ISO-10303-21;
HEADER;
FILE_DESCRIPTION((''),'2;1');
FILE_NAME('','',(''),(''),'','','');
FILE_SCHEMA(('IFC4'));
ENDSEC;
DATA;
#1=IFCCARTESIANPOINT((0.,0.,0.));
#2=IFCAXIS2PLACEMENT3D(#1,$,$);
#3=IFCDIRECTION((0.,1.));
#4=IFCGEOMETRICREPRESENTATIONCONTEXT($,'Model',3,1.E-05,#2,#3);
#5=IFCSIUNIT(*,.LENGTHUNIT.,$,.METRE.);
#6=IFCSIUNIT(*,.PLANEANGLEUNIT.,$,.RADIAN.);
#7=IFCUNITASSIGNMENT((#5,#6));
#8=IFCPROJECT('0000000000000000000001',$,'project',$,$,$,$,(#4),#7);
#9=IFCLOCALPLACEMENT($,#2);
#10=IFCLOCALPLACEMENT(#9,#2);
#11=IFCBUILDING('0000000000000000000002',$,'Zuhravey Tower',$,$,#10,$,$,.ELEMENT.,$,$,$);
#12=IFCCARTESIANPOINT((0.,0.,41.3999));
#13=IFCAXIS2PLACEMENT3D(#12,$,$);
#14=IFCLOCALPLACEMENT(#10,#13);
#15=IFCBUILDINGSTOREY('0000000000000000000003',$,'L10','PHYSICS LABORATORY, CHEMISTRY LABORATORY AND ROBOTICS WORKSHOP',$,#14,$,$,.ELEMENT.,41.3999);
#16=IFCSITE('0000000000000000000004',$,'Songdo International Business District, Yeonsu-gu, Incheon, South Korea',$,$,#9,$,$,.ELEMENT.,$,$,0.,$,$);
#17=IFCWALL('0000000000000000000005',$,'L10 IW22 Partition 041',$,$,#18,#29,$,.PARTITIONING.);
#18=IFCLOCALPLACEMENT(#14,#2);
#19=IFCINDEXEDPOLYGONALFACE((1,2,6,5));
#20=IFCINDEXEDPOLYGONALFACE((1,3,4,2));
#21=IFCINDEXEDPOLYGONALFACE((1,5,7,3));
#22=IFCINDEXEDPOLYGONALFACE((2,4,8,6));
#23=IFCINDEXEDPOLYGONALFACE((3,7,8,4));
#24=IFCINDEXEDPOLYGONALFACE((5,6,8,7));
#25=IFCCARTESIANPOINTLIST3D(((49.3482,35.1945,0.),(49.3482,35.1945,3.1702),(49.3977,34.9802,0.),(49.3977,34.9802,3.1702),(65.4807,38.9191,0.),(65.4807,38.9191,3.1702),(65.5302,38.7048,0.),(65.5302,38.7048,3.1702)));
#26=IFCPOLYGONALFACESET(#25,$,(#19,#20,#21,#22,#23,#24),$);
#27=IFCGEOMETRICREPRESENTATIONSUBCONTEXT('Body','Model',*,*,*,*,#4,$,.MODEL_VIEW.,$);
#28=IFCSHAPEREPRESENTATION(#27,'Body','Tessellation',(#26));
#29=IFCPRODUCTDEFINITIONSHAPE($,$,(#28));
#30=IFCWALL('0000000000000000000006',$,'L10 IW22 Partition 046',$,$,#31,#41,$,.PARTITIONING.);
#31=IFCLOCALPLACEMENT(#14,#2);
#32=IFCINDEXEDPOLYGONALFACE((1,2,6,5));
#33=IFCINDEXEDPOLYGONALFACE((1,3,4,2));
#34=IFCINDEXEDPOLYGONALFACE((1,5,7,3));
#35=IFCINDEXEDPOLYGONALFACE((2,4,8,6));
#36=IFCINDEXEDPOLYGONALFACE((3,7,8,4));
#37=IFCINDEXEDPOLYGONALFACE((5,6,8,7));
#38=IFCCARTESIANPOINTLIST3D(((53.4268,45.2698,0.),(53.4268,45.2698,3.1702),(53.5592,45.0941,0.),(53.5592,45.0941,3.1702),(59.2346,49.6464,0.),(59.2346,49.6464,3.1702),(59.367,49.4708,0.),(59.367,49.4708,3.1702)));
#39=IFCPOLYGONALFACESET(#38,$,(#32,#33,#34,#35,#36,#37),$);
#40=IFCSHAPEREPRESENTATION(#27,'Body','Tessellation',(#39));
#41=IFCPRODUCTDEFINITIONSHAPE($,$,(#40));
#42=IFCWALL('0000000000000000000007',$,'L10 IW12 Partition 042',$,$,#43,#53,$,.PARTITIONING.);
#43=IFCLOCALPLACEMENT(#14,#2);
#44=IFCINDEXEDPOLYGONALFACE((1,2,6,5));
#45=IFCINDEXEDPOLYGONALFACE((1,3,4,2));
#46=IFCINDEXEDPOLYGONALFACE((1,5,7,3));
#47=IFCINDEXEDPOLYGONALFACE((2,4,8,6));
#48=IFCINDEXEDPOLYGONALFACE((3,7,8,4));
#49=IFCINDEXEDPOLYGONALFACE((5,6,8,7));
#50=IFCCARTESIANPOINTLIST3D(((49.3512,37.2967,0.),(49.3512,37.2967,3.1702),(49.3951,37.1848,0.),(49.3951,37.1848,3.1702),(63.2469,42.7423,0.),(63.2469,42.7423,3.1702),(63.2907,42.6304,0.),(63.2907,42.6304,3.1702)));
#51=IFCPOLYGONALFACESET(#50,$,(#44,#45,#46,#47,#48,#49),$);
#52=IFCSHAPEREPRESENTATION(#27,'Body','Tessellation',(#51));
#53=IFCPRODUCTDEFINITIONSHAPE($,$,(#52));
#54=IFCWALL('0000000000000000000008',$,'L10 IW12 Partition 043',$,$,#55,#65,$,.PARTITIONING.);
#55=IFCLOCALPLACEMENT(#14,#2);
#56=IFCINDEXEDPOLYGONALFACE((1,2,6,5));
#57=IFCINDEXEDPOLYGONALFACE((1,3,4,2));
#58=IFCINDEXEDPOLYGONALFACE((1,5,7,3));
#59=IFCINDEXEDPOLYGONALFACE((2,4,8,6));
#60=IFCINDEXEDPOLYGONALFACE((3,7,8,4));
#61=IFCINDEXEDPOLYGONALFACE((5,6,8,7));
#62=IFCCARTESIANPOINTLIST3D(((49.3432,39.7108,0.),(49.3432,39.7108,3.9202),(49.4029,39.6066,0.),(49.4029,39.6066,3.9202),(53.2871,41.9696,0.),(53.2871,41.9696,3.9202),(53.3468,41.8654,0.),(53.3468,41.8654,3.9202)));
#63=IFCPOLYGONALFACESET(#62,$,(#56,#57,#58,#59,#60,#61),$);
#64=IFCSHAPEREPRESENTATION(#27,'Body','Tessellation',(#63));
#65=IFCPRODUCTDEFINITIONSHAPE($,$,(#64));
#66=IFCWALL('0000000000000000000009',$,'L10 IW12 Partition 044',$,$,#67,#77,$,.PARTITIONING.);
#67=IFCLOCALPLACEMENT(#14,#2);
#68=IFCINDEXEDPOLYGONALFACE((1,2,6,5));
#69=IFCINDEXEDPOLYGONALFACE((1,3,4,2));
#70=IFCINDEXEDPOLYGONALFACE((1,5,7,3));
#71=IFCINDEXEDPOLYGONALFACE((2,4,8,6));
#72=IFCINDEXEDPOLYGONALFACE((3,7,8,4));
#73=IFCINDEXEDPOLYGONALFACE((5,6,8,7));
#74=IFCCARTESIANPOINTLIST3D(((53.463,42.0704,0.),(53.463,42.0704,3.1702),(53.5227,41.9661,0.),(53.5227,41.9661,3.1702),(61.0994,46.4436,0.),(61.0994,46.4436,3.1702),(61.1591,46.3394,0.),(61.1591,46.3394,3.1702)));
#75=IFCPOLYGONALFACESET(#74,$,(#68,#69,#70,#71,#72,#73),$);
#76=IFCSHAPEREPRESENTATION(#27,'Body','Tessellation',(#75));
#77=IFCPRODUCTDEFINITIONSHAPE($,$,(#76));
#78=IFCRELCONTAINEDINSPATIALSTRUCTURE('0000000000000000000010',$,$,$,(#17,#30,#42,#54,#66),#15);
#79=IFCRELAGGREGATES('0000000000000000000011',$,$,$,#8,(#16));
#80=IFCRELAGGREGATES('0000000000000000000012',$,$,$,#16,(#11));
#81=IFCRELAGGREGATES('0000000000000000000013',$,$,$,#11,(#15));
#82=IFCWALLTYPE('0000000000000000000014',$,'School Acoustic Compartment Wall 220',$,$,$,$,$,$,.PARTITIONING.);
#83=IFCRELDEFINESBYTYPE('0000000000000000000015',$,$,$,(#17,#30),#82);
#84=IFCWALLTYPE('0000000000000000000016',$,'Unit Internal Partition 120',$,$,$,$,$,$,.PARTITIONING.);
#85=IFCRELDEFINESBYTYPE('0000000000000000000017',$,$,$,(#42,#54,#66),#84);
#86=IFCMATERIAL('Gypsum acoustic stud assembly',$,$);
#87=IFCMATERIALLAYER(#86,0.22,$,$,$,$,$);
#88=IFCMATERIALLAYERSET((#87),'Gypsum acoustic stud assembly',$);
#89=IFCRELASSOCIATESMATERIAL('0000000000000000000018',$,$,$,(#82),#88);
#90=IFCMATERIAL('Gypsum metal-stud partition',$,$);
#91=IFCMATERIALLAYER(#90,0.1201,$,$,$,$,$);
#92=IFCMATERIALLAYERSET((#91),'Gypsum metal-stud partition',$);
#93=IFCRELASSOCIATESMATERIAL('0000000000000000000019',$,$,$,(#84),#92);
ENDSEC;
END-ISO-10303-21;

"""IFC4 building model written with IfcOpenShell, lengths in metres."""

from ifc_helpers import new_model, si_unit, direction, frame, frame_2d, origin, place, context, subcontext, project, spatial, rectangle, extrude, material, layer, layer_set, type_object, element, save


model = new_model("IFC4")

# Units and contexts
model_context = context("Model", 3, precision=1e-05, world=origin(), true_north=direction((0.0, 1.0)))
body_context = subcontext(model_context, "Body", "Model", "MODEL_VIEW")
ifc_project = project(units=[si_unit("LENGTHUNIT", "METRE"), si_unit("PLANEANGLEUNIT", "RADIAN")], contexts=[model_context])

# Site, building, storey
site_placement = place(None, origin())
site = spatial("IfcSite", under=ifc_project, at=site_placement, Name="Songdo International Business District, Yeonsu-gu, Incheon, South Korea", CompositionType="ELEMENT", RefElevation=0.0)
building_placement = place(site_placement, origin())
building = spatial("IfcBuilding", under=site, at=building_placement, Name="Zuhravey Tower", CompositionType="ELEMENT")
storey_placement = place(building_placement, frame((0.0, 0.0, 41.3999)))
storey = spatial("IfcBuildingStorey", under=building, at=storey_placement, Name="L10", Description="PHYSICS LABORATORY, CHEMISTRY LABORATORY AND ROBOTICS WORKSHOP", CompositionType="ELEMENT", Elevation=41.3999)

# Walls
ifc_material_1 = material(Name="Gypsum acoustic stud assembly")
ifc_layer_1 = layer(ifc_material_1, 0.22)
ifc_layer_set_1 = layer_set([ifc_layer_1], Name="Gypsum acoustic stud assembly")
wall_type_1 = type_object("IfcWallType", Name="School Acoustic Compartment Wall 220", PredefinedType="PARTITIONING", material=ifc_layer_set_1)
wall_1_placement = place(storey_placement, frame((49.373, 35.0874, 0.0), z_axis=(0.0, 0.0, 1.0), x_axis=(0.974369, 0.224958, 0.0)))
element("IfcWall", 1, at=wall_1_placement, inside=storey, type_object=wall_type_1, Name="L10 IW22 Partition 041", PredefinedType="PARTITIONING", context=body_context, shape_type="SweptSolid", body=[
    extrude(rectangle(XDim=16.5569, YDim=0.22, at=frame_2d((8.2783, 0.0))), origin(), (0.0, 0.0, 1.0), 3.1702),
])
wall_2_placement = place(storey_placement, frame((53.4929, 45.1819, 0.0), z_axis=(0.0, 0.0, 1.0), x_axis=(0.798624, 0.60183, 0.0)))
element("IfcWall", 2, at=wall_2_placement, inside=storey, type_object=wall_type_1, Name="L10 IW22 Partition 046", PredefinedType="PARTITIONING", context=body_context, shape_type="SweptSolid", body=[
    extrude(rectangle(XDim=7.2722, YDim=0.22, at=frame_2d((3.6362, 0.0))), origin(), (0.0, 0.0, 1.0), 3.1702),
])
ifc_material_2 = material(Name="Gypsum metal-stud partition")
ifc_layer_2 = layer(ifc_material_2, 0.1201)
ifc_layer_set_2 = layer_set([ifc_layer_2], Name="Gypsum metal-stud partition")
wall_type_2 = type_object("IfcWallType", Name="Unit Internal Partition 120", PredefinedType="PARTITIONING", material=ifc_layer_set_2)
wall_3_placement = place(storey_placement, frame((49.373, 37.2407, 0.0), z_axis=(0.0, 0.0, 1.0), x_axis=(0.931057, 0.364875, 0.0)))
element("IfcWall", 3, at=wall_3_placement, inside=storey, type_object=wall_type_2, Name="L10 IW12 Partition 042", PredefinedType="PARTITIONING", context=body_context, shape_type="SweptSolid", body=[
    extrude(rectangle(XDim=14.9246, YDim=0.1201, at=frame_2d((7.4624, 0.0))), origin(), (0.0, 0.0, 1.0), 3.1702),
])
wall_4_placement = place(storey_placement, frame((49.373, 39.6587, 0.0), z_axis=(0.0, 0.0, 1.0), x_axis=(0.867753, 0.496995, 0.0)))
element("IfcWall", 4, at=wall_4_placement, inside=storey, type_object=wall_type_2, Name="L10 IW12 Partition 043", PredefinedType="PARTITIONING", context=body_context, shape_type="SweptSolid", body=[
    extrude(rectangle(XDim=4.5449, YDim=0.1201, at=frame_2d((2.2725, 0.0))), origin(), (0.0, 0.0, 1.0), 3.9202),
])
wall_5_placement = place(storey_placement, frame((53.4929, 42.0183, 0.0), z_axis=(0.0, 0.0, 1.0), x_axis=(0.867773, 0.49696, 0.0)))
element("IfcWall", 5, at=wall_5_placement, inside=storey, type_object=wall_type_2, Name="L10 IW12 Partition 044", PredefinedType="PARTITIONING", context=body_context, shape_type="SweptSolid", body=[
    extrude(rectangle(XDim=8.8, YDim=0.1201, at=frame_2d((4.3999, 0.0))), origin(), (0.0, 0.0, 1.0), 3.1702),
])

save(model, "model.ifc")
